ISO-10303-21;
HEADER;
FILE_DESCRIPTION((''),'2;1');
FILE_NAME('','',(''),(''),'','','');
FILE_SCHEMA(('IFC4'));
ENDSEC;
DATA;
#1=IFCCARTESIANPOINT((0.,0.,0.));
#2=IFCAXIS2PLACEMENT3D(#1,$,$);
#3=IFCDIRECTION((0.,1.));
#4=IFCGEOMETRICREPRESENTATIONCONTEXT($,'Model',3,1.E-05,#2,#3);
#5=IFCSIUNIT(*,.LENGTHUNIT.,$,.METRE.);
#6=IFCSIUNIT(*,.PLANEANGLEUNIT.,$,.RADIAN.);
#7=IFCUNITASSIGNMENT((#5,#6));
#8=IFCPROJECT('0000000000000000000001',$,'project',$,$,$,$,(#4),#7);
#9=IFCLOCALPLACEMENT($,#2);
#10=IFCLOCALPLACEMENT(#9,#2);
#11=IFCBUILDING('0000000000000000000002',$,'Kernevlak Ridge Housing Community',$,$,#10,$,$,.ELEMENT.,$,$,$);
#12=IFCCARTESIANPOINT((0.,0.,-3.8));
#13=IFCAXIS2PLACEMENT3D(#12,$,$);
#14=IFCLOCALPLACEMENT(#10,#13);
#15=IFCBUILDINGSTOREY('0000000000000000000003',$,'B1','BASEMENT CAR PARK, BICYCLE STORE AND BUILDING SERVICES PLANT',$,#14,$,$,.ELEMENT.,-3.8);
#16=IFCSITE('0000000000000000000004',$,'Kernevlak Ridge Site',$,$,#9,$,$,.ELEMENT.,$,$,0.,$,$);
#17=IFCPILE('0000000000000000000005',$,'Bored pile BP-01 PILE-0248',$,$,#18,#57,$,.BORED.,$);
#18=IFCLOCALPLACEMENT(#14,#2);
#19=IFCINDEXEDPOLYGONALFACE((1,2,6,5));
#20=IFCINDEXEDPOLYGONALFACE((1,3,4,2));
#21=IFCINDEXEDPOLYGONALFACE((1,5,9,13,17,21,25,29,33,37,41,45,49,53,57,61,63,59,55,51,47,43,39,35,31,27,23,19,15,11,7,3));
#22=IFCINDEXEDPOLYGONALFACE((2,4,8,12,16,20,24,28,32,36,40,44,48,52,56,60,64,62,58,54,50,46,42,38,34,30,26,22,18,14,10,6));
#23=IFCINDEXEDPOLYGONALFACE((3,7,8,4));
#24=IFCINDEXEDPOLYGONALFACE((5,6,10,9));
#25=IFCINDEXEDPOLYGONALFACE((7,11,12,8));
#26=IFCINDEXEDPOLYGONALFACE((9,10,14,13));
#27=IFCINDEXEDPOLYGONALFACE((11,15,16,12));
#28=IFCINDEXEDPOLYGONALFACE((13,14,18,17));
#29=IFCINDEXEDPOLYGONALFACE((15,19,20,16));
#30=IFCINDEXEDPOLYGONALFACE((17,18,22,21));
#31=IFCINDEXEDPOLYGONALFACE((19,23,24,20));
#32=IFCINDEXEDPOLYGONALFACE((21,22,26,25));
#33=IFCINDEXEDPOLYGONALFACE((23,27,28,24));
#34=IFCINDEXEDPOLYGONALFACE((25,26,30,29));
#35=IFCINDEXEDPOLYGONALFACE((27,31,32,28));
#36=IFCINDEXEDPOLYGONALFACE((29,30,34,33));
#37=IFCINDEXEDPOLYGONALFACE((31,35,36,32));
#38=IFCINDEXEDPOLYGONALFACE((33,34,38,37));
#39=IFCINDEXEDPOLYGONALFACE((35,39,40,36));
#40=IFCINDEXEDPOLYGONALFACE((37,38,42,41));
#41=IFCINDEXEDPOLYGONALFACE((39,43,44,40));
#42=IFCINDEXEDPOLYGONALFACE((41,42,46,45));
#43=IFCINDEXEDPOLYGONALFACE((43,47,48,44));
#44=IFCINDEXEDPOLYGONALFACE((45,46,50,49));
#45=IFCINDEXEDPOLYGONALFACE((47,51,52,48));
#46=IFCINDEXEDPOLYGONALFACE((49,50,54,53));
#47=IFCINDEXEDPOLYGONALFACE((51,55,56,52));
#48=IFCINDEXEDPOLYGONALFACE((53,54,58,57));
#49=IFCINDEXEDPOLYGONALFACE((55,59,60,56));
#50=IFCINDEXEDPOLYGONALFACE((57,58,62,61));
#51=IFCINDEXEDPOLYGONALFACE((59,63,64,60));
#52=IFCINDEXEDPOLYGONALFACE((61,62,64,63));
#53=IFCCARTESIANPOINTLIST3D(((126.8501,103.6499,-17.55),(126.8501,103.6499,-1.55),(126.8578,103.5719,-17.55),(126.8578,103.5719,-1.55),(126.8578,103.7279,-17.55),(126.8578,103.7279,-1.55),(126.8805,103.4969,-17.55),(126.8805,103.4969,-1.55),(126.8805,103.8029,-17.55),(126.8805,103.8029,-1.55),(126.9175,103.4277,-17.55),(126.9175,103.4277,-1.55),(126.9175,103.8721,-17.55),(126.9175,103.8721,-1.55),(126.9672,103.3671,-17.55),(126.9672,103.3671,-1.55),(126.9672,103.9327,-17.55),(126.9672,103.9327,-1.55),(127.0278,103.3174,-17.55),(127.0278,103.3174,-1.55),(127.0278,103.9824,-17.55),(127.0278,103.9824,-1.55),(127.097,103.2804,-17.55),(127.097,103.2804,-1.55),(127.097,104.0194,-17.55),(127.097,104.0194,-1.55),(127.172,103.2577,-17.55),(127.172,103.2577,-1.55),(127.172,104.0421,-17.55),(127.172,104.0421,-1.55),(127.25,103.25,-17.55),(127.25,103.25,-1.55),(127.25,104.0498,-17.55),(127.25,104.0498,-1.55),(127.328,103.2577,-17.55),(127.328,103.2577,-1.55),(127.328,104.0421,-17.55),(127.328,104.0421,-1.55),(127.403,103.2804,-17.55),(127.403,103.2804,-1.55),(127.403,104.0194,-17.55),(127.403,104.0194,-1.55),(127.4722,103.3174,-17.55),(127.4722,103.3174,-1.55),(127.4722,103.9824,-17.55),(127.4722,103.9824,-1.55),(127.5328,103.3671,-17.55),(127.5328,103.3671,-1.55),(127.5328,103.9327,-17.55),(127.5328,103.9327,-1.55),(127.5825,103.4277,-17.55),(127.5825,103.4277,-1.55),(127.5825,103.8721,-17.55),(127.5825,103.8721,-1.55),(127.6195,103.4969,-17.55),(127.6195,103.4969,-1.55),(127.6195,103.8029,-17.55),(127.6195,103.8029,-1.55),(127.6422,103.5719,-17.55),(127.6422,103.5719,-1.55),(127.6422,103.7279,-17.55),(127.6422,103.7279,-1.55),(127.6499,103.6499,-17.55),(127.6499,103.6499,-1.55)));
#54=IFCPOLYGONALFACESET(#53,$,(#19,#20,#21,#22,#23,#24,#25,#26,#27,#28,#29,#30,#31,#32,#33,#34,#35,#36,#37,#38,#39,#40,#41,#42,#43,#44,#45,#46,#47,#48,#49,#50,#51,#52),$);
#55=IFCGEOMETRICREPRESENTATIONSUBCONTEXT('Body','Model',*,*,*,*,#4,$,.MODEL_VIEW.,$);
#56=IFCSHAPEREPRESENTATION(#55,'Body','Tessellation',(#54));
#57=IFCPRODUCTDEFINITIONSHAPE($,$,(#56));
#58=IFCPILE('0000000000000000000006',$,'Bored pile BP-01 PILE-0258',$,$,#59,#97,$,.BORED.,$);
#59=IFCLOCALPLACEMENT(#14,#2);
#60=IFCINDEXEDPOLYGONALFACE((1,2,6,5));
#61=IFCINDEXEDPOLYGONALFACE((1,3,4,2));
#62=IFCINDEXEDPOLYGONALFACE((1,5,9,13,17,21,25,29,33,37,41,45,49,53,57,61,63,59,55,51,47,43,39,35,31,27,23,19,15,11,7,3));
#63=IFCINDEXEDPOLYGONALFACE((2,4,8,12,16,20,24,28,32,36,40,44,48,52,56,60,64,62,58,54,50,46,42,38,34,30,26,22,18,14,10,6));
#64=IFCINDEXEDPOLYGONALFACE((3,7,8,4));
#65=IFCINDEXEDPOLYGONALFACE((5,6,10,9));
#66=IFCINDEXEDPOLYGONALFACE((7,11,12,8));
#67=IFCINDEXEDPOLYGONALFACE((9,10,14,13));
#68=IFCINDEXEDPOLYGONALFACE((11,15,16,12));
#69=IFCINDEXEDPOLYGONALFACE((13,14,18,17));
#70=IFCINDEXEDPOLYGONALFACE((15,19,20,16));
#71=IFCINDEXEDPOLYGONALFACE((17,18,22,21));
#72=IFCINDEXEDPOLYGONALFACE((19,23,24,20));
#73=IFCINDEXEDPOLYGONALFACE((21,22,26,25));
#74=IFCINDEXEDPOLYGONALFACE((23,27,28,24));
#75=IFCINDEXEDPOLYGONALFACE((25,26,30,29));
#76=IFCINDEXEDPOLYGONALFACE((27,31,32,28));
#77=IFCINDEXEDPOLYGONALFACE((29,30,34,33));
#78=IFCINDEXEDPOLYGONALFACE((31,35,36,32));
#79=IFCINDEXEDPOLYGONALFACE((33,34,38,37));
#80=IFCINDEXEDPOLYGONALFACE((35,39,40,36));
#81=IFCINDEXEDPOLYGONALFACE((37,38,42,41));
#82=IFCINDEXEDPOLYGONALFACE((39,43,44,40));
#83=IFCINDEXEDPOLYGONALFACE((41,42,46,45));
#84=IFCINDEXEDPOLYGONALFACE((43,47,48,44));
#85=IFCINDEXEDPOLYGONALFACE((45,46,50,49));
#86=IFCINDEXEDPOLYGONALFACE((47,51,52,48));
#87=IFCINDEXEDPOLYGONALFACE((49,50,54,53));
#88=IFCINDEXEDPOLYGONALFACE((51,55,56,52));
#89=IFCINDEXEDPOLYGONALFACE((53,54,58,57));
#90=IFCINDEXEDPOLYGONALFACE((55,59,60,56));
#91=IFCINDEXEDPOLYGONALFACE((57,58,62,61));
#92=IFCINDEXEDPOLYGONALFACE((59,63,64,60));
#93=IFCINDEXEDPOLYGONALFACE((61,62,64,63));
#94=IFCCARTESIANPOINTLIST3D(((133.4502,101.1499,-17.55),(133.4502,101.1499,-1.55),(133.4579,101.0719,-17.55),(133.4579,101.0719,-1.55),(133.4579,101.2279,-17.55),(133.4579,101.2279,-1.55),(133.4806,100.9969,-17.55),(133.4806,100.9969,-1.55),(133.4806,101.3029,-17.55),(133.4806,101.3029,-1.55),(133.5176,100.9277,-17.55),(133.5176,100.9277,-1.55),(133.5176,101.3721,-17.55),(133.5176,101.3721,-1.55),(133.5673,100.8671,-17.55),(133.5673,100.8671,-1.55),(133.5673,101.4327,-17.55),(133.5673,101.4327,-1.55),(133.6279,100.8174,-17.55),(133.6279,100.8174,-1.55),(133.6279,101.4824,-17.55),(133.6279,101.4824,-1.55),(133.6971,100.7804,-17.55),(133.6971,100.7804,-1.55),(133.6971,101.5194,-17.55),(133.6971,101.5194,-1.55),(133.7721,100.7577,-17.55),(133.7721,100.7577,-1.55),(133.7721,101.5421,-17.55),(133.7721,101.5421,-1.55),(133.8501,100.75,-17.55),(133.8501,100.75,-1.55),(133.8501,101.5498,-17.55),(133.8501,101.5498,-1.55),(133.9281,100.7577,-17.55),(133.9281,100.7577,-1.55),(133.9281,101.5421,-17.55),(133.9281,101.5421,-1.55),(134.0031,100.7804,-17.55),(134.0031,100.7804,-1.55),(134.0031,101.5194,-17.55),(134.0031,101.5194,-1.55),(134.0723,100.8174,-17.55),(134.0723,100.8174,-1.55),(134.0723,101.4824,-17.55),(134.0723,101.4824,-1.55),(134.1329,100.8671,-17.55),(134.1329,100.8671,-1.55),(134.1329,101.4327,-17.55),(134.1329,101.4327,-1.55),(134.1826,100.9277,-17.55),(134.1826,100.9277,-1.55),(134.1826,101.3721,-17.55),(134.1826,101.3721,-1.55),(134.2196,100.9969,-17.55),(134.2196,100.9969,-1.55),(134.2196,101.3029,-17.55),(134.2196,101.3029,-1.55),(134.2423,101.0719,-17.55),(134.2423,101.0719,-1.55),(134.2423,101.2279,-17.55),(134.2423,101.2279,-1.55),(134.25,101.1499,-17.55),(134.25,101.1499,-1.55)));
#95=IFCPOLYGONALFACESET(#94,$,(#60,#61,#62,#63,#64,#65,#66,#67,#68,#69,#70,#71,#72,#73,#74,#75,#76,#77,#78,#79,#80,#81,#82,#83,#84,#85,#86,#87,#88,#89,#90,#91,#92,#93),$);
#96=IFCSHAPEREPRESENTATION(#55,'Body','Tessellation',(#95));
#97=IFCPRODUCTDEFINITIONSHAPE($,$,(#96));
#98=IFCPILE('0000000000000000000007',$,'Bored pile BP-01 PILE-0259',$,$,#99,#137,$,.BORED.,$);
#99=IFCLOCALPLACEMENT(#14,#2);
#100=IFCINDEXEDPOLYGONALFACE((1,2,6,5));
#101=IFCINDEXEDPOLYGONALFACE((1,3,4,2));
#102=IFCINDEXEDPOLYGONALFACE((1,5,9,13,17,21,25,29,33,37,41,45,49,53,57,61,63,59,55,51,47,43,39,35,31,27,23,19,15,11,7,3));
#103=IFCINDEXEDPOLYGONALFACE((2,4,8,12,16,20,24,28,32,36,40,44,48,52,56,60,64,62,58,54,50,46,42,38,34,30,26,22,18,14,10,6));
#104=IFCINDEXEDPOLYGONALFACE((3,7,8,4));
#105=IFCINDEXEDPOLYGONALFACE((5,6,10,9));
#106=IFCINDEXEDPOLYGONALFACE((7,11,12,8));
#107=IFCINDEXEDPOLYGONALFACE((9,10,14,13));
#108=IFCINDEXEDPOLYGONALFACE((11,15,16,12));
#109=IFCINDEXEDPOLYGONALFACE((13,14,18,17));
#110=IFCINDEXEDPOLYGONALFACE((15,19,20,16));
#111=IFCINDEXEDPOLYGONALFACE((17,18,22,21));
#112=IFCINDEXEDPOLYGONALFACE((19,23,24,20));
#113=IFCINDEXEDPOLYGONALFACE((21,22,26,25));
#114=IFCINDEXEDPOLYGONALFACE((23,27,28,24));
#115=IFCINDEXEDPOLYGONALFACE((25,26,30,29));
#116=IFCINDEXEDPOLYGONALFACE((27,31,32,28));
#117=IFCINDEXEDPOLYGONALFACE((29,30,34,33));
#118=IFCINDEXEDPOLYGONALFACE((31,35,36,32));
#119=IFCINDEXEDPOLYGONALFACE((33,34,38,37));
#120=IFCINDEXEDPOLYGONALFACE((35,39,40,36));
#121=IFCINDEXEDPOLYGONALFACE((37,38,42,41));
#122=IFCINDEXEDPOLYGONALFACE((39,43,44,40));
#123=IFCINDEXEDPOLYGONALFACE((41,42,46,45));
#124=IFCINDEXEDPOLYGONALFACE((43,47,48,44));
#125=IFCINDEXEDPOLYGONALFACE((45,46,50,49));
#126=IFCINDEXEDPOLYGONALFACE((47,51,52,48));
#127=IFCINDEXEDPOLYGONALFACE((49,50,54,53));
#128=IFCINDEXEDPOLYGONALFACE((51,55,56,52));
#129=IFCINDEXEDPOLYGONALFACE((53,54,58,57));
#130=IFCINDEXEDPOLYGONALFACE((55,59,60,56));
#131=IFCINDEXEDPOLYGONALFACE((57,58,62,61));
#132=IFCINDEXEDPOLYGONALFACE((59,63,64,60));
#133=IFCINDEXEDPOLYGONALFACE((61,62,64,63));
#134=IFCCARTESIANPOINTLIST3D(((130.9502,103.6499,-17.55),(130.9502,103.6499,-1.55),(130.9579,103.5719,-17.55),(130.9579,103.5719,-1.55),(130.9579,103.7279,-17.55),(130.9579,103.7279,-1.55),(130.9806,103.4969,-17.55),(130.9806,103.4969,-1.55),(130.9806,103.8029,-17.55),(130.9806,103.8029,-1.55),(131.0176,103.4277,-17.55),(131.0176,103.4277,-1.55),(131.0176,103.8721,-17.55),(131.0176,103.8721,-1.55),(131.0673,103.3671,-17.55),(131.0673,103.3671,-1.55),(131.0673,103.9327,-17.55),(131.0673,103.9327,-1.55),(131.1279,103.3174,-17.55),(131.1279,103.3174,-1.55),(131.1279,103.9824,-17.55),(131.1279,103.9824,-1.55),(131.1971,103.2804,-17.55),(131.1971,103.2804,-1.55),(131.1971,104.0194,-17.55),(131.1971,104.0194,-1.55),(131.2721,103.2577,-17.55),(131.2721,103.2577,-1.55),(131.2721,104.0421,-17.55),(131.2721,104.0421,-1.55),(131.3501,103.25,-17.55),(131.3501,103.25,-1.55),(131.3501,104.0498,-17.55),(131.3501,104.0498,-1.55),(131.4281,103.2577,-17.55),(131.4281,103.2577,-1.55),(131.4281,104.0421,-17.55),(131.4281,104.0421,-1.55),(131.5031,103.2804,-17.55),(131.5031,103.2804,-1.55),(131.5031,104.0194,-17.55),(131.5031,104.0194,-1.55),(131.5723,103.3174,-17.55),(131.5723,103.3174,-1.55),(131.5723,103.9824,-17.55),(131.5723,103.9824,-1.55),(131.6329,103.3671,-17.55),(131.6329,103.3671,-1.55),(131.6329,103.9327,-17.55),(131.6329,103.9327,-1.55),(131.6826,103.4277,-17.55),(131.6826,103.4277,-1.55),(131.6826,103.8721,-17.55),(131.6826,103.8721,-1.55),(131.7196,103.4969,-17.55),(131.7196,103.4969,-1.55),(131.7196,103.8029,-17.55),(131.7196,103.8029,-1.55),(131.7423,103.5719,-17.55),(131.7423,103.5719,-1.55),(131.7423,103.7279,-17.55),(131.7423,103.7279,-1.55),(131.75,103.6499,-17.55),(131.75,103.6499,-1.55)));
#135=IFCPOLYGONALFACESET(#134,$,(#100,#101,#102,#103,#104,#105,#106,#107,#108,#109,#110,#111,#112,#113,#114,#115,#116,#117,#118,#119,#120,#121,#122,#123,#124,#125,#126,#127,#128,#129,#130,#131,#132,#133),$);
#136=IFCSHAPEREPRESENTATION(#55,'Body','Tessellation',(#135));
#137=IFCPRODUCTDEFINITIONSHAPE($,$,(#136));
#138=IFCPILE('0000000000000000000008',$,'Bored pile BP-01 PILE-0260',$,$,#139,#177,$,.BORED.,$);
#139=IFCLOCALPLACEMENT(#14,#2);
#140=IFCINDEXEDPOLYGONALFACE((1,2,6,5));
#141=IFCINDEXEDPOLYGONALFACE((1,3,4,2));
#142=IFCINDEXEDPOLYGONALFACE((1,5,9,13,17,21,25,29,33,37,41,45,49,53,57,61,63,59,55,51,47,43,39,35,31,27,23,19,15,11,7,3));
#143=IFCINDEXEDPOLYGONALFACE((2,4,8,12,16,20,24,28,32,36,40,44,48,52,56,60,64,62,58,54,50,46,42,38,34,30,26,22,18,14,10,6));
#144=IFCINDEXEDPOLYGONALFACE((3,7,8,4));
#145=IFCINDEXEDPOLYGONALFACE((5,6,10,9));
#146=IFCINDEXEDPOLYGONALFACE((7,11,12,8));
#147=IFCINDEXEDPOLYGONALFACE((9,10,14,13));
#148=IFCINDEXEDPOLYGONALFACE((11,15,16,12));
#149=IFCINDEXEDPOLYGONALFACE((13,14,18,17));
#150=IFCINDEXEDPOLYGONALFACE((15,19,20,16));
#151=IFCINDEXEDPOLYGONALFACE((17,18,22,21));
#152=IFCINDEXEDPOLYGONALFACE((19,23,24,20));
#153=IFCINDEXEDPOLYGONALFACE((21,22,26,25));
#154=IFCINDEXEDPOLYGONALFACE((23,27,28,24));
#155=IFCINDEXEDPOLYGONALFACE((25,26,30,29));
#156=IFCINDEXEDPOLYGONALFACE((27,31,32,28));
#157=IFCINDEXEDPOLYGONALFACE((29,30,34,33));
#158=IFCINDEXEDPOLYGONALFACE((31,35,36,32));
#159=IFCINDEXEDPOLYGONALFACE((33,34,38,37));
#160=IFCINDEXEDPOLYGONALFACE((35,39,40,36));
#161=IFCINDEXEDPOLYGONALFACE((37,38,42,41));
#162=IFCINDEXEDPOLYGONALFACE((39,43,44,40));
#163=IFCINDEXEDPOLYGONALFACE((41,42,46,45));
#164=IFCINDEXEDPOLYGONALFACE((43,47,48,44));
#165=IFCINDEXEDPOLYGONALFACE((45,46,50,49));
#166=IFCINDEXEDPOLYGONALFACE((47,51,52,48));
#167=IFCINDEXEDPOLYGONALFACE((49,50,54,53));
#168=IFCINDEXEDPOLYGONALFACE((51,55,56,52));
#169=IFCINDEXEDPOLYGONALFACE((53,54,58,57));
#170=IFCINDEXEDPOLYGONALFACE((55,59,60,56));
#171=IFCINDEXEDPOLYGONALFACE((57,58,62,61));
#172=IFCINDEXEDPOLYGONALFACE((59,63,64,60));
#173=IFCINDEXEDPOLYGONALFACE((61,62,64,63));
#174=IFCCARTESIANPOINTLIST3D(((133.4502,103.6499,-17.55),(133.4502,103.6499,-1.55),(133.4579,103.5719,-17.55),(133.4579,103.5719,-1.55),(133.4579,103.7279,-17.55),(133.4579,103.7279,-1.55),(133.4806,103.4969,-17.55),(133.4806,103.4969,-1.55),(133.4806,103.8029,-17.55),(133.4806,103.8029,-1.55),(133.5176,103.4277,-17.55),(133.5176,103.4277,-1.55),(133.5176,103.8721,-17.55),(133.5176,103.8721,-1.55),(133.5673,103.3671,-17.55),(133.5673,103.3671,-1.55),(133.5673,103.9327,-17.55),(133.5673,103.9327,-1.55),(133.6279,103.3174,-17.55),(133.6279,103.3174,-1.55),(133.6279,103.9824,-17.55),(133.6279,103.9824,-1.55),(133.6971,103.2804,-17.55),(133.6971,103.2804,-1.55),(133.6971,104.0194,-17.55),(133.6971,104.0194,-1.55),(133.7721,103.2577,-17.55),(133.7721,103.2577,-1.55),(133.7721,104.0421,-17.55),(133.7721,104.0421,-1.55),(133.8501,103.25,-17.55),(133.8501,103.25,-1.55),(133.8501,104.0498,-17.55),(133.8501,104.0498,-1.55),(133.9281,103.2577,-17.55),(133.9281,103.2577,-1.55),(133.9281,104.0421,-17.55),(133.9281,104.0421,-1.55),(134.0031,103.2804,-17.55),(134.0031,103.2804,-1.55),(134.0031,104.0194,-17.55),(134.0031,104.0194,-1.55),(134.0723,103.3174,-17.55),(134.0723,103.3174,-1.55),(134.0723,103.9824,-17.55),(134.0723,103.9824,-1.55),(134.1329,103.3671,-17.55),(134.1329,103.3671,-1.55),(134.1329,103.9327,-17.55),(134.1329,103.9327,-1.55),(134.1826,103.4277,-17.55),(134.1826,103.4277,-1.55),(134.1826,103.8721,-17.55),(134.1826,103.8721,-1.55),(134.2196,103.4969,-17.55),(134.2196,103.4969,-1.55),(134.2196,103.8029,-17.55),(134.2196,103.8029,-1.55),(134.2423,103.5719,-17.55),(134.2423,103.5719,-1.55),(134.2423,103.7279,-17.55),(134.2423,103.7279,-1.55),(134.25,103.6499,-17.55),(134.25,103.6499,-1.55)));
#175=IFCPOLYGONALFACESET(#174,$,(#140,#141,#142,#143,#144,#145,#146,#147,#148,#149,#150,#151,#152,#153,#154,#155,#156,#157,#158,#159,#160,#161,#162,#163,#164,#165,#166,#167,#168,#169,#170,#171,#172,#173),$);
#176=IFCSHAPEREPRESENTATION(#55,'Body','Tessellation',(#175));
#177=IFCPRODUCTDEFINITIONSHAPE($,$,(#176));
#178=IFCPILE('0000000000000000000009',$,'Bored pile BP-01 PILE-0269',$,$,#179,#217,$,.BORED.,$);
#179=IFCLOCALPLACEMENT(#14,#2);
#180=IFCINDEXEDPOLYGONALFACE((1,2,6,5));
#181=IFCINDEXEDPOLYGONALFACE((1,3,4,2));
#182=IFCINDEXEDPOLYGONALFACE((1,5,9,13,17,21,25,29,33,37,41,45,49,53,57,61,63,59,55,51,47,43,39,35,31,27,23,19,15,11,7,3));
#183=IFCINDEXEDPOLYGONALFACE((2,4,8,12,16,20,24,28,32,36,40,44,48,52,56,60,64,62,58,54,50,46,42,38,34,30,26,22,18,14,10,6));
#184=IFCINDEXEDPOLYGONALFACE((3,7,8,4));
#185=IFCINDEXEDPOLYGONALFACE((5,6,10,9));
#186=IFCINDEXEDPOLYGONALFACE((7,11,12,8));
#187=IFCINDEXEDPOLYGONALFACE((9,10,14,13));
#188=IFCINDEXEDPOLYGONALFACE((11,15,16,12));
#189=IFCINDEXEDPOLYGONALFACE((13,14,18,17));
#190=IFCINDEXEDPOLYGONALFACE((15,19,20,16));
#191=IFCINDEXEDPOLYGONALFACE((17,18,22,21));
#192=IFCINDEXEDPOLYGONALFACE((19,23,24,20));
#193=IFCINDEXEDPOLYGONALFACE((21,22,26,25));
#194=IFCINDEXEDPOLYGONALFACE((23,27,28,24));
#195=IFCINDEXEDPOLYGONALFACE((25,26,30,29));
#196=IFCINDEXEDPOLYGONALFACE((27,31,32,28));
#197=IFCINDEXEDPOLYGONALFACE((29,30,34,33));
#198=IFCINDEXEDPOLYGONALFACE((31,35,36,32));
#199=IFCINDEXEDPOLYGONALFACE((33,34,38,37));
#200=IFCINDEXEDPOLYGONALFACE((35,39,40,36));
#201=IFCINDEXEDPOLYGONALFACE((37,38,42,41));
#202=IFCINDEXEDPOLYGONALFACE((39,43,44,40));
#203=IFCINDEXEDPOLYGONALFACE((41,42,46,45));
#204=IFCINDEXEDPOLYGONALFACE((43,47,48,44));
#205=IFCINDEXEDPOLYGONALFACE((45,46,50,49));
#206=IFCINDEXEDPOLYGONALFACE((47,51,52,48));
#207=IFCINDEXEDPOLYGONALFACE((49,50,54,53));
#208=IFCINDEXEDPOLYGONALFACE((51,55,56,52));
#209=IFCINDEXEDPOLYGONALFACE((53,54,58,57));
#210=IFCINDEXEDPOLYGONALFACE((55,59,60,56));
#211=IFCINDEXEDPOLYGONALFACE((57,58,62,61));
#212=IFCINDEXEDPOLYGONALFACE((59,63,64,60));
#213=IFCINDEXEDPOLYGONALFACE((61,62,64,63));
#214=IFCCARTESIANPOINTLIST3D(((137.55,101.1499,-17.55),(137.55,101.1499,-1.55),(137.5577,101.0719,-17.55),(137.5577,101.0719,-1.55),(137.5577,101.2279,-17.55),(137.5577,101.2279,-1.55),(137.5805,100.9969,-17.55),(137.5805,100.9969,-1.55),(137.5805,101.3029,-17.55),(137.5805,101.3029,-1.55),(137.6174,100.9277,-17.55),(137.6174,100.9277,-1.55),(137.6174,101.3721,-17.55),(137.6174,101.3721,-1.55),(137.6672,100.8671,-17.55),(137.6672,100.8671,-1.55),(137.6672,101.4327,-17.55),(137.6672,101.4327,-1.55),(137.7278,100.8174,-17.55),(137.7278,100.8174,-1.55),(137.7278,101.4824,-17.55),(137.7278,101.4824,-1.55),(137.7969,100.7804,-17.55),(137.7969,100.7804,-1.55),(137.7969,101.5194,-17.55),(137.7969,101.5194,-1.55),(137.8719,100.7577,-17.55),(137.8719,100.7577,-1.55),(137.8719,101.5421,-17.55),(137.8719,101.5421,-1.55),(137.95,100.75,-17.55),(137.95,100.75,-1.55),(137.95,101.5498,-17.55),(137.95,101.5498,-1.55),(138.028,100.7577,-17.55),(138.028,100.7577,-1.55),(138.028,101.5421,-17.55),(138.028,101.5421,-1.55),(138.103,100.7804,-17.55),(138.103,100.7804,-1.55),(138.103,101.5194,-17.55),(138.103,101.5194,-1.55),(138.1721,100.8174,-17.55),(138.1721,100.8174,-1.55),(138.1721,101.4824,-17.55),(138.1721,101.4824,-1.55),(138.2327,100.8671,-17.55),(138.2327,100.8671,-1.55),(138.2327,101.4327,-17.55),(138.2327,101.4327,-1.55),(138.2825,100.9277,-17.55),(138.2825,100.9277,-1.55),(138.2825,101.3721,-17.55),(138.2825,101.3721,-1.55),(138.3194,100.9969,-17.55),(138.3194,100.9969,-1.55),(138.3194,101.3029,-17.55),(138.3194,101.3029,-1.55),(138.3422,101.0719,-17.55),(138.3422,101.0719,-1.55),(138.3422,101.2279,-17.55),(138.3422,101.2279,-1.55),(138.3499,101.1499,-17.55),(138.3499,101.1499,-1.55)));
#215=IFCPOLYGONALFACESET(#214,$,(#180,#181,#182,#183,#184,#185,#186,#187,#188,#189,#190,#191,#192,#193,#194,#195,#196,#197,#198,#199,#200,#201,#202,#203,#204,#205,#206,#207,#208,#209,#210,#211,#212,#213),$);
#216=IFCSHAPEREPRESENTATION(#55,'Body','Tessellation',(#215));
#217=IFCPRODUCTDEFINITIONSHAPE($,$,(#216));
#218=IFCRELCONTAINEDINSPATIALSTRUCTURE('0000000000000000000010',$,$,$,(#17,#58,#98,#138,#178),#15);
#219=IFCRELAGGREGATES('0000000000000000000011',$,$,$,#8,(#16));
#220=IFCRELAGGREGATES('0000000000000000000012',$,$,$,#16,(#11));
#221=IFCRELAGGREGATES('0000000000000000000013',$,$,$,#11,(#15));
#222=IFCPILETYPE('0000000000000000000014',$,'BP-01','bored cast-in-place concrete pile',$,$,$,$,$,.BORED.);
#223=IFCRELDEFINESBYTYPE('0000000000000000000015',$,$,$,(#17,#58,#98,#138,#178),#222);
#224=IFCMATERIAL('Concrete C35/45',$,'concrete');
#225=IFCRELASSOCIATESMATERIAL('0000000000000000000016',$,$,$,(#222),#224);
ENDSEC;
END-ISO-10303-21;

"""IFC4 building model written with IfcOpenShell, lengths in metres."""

from ifc_helpers import new_model, si_unit, direction, frame, origin, origin_2d, place, context, subcontext, project, spatial, circle, extrude, material, material_profile, profile_set, type_object, element, save


model = new_model("IFC4")

# Units and contexts
model_context = context("Model", 3, precision=1e-05, world=origin(), true_north=direction((0.0, 1.0)))
body_context = subcontext(model_context, "Body", "Model", "MODEL_VIEW")
ifc_project = project(units=[si_unit("LENGTHUNIT", "METRE"), si_unit("PLANEANGLEUNIT", "RADIAN")], contexts=[model_context])

# Site, building, storey
site_placement = place(None, origin())
site = spatial("IfcSite", under=ifc_project, at=site_placement, Name="Kernevlak Ridge Site", CompositionType="ELEMENT", RefElevation=0.0)
building_placement = place(site_placement, origin())
building = spatial("IfcBuilding", under=site, at=building_placement, Name="Kernevlak Ridge Housing Community", CompositionType="ELEMENT")
storey_placement = place(building_placement, frame((0.0, 0.0, -3.8)))
storey = spatial("IfcBuildingStorey", under=building, at=storey_placement, Name="B1", Description="BASEMENT CAR PARK, BICYCLE STORE AND BUILDING SERVICES PLANT", CompositionType="ELEMENT", Elevation=-3.8)

# Piles
ifc_material_1 = material(Name="Concrete C35/45", Category="concrete")
ifc_material_profile_1 = material_profile(ifc_material_1, circle(Radius=0.3999, at=origin_2d()), Name="BORED PILE 800")
ifc_profile_set_1 = profile_set([ifc_material_profile_1], Name="Concrete C35/45")
pile_type_1 = type_object("IfcPileType", Name="BP-01", Description="bored cast-in-place concrete pile", PredefinedType="BORED", material=ifc_profile_set_1)
for number, where, z_axis, x_axis, name in (
    (1, (127.25, 103.6499, -1.55), (0.0, 0.0, -1.0), (1.0, 0.0, 0.0), "Bored pile BP-01 PILE-0248"),
    (2, (133.8501, 101.1499, -1.55), (0.0, 0.0, -1.0), (1.0, 0.0, 0.0), "Bored pile BP-01 PILE-0258"),
    (3, (131.3501, 103.6499, -1.55), (0.0, 0.0, -1.0), (1.0, 0.0, 0.0), "Bored pile BP-01 PILE-0259"),
    (4, (133.8501, 103.6499, -1.55), (0.0, 0.0, -1.0), (1.0, 0.0, 0.0), "Bored pile BP-01 PILE-0260"),
    (5, (137.95, 101.1499, -1.55), (0.0, 0.0, -1.0), (1.0, 0.0, 0.0), "Bored pile BP-01 PILE-0269"),
):
    element("IfcPile", number, at=place(storey_placement, frame(where, z_axis=z_axis, x_axis=x_axis)), inside=storey, type_object=pile_type_1, Name=name, PredefinedType="BORED", context=body_context, shape_type="SweptSolid", body=[
        extrude(circle(Radius=0.3999, at=origin_2d()), origin(), (0.0, 0.0, 1.0), 16.0),
    ])

save(model, "model.ifc")
